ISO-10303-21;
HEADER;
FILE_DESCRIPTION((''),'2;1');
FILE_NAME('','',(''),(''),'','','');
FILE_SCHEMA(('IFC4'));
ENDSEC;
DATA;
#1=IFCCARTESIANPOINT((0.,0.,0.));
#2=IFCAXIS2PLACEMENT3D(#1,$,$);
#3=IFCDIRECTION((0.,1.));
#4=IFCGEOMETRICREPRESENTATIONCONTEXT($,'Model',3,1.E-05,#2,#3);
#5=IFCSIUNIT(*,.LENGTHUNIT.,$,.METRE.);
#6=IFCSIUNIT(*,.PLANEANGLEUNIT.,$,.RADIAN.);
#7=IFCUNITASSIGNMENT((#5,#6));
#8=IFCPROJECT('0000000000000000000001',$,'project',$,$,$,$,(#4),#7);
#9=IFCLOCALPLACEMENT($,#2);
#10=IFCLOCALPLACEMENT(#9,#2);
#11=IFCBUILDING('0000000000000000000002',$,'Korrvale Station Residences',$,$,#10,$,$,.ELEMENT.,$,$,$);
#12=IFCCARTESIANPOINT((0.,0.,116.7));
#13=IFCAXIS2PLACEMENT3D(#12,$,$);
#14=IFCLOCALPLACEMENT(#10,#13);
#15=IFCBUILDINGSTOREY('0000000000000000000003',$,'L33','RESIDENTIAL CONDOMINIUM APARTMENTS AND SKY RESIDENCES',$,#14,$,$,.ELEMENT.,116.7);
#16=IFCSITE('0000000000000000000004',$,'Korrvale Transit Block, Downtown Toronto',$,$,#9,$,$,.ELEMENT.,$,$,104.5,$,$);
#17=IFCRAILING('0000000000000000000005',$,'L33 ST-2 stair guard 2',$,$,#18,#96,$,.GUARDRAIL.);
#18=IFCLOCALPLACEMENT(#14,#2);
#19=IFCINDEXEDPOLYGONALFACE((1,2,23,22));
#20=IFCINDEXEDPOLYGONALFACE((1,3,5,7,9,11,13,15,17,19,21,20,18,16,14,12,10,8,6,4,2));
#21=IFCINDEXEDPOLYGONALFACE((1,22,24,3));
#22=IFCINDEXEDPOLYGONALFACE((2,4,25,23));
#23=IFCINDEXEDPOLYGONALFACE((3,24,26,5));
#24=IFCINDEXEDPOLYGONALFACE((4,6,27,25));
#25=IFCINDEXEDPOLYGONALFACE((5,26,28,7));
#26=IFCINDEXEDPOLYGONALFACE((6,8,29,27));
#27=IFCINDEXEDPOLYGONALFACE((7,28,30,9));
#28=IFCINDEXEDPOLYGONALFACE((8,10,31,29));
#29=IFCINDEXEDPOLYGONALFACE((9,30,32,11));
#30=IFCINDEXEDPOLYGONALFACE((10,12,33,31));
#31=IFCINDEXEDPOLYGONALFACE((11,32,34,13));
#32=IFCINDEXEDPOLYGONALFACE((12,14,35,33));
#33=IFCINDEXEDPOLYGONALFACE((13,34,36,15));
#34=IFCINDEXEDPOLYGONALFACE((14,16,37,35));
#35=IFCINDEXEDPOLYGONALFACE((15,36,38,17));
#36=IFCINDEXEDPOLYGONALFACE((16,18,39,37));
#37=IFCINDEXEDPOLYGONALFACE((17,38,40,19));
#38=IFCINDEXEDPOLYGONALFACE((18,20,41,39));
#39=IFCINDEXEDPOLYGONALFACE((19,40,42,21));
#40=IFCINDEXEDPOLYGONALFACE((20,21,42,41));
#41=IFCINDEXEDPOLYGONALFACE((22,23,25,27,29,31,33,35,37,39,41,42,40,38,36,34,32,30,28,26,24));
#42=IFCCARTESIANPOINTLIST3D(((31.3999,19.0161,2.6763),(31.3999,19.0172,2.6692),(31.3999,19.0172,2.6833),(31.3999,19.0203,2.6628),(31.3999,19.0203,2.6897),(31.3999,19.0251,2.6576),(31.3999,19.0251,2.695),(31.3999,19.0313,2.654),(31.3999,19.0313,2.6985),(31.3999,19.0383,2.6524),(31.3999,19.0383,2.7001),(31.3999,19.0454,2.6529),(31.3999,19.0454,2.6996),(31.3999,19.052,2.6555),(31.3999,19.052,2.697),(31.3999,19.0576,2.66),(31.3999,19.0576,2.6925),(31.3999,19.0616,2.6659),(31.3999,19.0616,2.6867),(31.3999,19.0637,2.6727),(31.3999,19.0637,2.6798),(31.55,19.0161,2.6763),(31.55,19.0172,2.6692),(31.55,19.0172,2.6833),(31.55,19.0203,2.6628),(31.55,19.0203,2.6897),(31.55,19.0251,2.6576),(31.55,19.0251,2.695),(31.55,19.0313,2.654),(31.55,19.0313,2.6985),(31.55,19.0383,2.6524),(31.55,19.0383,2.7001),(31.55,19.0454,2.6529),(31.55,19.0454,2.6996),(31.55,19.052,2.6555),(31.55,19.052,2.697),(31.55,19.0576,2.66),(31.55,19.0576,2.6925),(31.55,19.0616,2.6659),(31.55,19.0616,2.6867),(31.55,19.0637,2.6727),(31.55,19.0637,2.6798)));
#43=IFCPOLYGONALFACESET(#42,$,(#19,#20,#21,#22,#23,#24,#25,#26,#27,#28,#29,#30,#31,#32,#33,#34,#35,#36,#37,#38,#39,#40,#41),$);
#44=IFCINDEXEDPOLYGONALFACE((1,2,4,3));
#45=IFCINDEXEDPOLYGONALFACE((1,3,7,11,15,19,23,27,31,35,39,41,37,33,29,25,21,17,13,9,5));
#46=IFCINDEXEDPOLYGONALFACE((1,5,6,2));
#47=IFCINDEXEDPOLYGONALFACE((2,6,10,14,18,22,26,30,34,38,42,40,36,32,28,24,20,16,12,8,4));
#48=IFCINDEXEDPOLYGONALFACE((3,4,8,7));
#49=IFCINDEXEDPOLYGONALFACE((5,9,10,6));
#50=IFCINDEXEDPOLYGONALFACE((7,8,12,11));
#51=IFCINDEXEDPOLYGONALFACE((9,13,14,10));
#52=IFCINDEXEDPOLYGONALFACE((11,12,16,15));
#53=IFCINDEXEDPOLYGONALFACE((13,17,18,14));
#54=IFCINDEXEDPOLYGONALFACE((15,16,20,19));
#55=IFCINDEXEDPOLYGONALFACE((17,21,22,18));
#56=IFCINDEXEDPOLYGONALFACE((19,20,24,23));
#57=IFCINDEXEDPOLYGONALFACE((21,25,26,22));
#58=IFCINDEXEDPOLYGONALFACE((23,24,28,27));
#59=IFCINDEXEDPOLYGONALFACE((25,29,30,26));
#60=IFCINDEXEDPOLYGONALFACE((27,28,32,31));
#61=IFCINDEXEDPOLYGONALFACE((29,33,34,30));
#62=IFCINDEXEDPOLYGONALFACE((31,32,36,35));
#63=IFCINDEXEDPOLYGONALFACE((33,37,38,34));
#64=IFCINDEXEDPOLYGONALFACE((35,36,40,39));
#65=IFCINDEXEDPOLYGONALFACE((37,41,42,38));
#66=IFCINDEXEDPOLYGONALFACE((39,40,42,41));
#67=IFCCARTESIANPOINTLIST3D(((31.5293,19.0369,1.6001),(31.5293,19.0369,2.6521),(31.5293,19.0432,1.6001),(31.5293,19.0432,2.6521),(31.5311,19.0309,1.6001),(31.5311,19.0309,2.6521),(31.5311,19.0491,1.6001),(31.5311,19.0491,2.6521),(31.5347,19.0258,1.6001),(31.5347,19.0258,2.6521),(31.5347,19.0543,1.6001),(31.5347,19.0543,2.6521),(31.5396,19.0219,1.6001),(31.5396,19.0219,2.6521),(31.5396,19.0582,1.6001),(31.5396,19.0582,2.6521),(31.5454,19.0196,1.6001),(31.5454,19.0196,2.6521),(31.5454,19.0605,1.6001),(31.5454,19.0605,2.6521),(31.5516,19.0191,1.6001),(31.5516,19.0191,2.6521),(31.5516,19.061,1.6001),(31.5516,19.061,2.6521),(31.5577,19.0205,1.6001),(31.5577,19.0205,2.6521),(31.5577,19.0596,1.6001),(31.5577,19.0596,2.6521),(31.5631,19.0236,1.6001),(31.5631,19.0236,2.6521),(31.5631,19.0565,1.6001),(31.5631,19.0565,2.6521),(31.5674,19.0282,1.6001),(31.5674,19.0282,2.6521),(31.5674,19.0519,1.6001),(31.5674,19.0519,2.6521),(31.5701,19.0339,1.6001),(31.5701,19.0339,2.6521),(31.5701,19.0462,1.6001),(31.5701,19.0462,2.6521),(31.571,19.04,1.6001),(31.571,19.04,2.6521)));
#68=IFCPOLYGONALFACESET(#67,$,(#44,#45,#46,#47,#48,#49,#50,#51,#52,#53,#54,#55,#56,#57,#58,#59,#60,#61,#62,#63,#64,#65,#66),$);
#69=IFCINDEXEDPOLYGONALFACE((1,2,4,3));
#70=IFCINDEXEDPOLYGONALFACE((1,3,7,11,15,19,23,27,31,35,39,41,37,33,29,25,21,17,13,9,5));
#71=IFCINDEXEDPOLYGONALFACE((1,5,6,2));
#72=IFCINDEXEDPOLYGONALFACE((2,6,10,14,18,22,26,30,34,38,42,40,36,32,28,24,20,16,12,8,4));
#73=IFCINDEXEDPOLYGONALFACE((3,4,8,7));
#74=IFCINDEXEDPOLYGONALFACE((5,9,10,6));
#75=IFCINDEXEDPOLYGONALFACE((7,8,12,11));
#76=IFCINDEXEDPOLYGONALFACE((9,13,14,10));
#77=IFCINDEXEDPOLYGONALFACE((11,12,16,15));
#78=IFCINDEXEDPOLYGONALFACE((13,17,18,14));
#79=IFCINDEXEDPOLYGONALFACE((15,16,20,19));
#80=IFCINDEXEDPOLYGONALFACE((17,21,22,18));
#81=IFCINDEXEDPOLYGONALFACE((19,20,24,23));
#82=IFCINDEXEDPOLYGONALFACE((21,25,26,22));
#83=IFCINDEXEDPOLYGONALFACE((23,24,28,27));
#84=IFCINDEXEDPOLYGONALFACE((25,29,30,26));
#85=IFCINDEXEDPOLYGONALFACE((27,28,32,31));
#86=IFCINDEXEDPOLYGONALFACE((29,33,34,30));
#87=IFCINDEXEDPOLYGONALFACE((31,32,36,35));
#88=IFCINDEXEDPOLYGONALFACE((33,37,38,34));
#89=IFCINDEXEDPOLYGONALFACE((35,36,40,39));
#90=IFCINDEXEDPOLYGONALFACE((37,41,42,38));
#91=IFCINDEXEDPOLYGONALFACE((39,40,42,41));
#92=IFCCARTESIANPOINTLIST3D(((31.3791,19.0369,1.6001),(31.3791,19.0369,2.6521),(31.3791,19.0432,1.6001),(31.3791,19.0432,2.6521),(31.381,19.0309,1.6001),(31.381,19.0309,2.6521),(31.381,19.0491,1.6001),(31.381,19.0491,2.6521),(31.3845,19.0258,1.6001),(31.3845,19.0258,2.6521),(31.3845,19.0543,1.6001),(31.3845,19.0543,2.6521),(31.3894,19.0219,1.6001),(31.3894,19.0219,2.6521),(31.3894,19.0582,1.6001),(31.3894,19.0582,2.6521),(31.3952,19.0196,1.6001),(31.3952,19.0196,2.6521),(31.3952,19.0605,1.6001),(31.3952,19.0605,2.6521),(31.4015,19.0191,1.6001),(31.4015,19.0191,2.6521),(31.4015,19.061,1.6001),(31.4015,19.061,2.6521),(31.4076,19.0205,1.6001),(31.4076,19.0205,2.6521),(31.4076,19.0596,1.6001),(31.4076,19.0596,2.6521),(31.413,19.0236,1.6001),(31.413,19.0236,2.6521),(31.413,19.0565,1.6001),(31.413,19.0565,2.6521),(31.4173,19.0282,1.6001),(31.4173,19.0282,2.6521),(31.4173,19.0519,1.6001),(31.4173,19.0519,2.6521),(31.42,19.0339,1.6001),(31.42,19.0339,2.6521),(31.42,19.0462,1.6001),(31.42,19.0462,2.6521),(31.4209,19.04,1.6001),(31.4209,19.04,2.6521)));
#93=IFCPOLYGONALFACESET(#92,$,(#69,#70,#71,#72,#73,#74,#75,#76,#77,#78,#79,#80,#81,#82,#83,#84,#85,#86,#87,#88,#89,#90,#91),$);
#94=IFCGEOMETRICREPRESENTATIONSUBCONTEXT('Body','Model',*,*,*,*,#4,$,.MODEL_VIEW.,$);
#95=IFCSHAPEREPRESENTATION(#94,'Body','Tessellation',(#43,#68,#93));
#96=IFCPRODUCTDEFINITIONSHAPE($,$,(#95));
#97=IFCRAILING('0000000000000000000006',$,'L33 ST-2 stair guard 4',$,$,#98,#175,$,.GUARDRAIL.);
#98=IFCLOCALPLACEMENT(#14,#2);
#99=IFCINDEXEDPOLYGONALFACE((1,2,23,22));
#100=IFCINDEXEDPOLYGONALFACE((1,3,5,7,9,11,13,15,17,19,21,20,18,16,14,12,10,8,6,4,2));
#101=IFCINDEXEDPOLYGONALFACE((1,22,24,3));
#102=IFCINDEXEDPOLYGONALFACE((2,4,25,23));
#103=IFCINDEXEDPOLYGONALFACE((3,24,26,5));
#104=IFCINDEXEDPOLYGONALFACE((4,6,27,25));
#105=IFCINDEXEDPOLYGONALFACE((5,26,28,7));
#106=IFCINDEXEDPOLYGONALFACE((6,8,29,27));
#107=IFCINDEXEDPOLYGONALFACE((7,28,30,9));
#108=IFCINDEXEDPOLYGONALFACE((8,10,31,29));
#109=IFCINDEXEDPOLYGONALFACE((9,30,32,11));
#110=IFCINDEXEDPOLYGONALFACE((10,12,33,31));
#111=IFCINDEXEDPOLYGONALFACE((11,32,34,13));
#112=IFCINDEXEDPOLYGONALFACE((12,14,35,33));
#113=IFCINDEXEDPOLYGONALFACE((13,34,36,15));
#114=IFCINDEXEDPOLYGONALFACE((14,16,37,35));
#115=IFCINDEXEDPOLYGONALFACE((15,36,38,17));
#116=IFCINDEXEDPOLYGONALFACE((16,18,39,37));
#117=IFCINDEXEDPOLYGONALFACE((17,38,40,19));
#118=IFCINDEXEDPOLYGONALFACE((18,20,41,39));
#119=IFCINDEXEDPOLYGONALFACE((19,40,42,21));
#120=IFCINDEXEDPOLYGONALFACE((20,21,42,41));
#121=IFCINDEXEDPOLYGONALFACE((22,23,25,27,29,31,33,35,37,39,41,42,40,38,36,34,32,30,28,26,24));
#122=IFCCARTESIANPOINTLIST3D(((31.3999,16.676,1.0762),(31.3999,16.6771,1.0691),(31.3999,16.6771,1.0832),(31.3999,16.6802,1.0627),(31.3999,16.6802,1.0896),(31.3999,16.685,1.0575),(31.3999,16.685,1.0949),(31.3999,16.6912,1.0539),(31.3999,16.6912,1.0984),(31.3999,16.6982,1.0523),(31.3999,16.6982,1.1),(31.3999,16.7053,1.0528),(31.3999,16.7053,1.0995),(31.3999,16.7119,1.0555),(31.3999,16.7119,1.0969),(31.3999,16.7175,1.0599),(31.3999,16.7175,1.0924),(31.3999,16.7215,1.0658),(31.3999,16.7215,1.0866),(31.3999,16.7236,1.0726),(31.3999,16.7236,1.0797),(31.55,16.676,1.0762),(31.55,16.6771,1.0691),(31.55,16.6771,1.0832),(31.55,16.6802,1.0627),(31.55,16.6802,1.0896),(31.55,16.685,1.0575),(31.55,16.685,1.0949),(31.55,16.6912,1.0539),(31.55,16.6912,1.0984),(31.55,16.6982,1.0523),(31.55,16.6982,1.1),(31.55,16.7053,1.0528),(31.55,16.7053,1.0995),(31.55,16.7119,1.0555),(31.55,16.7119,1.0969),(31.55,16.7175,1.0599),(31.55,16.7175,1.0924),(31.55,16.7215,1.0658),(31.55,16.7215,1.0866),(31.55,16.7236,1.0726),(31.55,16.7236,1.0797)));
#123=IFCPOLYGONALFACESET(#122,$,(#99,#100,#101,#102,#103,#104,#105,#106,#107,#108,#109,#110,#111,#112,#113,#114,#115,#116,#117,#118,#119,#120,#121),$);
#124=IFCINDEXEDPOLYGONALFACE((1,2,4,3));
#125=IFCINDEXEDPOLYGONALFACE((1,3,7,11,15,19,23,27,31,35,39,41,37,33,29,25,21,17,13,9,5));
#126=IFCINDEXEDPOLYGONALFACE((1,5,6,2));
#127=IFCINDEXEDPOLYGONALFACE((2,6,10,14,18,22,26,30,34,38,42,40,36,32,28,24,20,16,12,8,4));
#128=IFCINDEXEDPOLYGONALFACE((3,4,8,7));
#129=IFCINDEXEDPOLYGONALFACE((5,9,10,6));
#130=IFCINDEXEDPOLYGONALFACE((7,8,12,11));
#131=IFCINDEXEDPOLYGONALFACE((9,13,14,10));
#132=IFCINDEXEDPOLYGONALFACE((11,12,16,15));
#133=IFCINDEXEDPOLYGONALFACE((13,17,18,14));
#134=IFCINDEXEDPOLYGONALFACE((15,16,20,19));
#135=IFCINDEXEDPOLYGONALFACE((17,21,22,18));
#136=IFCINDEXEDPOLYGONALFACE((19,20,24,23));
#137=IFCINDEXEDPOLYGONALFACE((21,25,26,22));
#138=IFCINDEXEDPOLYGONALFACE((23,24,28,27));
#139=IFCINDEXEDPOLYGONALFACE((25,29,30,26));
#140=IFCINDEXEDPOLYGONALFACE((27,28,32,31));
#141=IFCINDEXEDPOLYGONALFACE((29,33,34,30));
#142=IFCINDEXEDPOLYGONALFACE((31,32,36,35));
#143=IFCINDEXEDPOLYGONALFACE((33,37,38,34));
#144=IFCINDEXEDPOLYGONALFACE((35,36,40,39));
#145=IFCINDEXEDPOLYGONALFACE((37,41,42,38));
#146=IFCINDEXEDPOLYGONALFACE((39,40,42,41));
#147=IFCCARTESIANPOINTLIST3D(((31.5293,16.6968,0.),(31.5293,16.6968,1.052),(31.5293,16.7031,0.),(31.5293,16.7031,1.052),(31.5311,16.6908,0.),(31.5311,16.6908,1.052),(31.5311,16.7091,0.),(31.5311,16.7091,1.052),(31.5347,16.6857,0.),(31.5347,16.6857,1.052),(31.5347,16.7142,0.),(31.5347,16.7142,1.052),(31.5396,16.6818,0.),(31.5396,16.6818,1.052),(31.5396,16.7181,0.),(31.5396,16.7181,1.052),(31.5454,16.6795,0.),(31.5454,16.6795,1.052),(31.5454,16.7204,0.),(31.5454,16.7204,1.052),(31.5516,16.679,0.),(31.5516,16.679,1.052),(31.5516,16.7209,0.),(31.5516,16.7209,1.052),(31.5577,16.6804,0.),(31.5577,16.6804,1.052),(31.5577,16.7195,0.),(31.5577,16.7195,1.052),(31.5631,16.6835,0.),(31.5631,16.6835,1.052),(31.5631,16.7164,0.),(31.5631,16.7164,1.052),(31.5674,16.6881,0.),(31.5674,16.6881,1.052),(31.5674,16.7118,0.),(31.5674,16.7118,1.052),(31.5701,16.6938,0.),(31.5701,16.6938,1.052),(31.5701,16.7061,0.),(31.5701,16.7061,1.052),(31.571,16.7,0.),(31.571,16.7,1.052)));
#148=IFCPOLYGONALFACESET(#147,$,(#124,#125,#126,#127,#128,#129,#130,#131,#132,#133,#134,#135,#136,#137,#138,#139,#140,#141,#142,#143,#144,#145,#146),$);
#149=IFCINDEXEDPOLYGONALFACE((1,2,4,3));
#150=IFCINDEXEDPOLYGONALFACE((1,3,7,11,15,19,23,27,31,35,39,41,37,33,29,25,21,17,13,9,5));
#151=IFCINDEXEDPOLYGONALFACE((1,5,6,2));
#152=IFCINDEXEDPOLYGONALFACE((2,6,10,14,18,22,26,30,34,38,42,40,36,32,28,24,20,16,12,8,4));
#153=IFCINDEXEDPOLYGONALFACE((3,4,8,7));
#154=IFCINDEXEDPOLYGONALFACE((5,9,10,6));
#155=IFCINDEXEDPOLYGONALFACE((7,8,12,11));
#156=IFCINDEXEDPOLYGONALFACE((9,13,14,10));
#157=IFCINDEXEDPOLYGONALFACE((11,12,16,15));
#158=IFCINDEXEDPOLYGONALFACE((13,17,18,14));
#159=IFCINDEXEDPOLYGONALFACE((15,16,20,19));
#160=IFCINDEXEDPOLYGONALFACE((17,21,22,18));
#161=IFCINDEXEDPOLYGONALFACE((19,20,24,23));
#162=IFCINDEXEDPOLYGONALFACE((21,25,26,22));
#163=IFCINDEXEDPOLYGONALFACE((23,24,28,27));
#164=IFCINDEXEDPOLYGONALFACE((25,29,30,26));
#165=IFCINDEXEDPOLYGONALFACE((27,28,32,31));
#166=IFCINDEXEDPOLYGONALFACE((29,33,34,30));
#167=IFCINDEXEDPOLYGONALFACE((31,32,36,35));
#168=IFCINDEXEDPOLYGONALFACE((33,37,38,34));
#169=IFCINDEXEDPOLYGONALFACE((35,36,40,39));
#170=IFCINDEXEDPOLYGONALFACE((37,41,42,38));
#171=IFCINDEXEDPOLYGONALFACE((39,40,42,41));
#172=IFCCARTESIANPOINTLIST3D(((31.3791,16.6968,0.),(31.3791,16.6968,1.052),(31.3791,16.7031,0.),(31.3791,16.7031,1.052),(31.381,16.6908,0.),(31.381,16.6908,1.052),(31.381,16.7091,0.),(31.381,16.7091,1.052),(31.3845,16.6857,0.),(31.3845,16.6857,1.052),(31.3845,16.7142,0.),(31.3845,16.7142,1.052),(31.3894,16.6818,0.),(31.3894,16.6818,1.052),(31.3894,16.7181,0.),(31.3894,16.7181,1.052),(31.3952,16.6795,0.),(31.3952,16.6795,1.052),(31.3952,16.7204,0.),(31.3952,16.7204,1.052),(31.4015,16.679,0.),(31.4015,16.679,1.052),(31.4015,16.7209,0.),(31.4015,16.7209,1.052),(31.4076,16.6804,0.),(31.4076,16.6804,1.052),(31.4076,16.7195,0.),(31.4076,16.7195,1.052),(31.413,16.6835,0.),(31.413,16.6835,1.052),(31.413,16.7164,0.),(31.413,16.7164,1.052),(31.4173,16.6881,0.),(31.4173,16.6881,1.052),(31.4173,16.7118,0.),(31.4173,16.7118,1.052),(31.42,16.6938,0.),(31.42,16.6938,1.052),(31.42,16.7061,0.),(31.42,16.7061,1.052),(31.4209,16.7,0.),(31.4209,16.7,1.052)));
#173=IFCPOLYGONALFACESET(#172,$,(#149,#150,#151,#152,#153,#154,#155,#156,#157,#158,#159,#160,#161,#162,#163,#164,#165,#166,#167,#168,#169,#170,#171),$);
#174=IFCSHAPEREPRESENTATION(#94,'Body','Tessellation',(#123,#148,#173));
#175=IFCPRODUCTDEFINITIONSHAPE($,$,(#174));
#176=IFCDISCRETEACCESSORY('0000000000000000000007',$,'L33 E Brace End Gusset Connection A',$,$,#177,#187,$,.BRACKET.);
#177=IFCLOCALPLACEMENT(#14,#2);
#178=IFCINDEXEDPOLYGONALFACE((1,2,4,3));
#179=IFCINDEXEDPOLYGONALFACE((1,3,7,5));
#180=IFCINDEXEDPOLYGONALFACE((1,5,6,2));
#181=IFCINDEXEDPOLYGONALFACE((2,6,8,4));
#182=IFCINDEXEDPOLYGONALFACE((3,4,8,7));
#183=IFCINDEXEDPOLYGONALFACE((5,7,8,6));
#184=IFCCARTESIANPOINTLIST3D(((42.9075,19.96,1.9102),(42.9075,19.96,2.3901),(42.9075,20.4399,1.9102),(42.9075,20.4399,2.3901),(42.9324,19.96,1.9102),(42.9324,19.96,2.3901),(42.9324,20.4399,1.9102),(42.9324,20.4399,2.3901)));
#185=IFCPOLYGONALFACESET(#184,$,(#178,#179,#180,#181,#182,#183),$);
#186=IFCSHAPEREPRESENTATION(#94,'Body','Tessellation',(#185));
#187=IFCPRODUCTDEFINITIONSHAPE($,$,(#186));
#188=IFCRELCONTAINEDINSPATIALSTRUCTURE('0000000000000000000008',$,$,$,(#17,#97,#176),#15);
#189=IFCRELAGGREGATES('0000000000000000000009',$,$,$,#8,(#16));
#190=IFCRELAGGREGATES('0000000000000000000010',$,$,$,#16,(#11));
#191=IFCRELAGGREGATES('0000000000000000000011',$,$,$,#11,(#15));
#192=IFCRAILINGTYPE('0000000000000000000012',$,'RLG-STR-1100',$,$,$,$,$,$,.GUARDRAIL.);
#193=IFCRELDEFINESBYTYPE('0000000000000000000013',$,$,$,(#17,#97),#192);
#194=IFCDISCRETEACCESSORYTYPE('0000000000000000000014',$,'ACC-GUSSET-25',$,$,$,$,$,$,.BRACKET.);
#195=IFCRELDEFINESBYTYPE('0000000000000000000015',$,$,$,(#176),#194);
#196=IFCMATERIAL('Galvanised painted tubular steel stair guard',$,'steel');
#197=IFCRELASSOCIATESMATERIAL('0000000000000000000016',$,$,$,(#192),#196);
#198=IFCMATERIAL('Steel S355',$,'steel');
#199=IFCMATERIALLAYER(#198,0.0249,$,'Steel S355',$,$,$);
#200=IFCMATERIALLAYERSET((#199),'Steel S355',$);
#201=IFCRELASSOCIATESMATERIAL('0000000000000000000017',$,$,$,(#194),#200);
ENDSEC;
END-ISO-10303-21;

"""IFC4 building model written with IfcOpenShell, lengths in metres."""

from ifc_helpers import new_model, si_unit, direction, frame, origin, origin_2d, place, context, subcontext, project, spatial, rectangle, circle, extrude, material, layer, layer_set, type_object, element, save


model = new_model("IFC4")

# Units and contexts
model_context = context("Model", 3, precision=1e-05, world=origin(), true_north=direction((0.0, 1.0)))
body_context = subcontext(model_context, "Body", "Model", "MODEL_VIEW")
ifc_project = project(units=[si_unit("LENGTHUNIT", "METRE"), si_unit("PLANEANGLEUNIT", "RADIAN")], contexts=[model_context])

# Site, building, storey
site_placement = place(None, origin())
site = spatial("IfcSite", under=ifc_project, at=site_placement, Name="Korrvale Transit Block, Downtown Toronto", CompositionType="ELEMENT", RefElevation=104.5)
building_placement = place(site_placement, origin())
building = spatial("IfcBuilding", under=site, at=building_placement, Name="Korrvale Station Residences", CompositionType="ELEMENT")
storey_placement = place(building_placement, frame((0.0, 0.0, 116.7)))
storey = spatial("IfcBuildingStorey", under=building, at=storey_placement, Name="L33", Description="RESIDENTIAL CONDOMINIUM APARTMENTS AND SKY RESIDENCES", CompositionType="ELEMENT", Elevation=116.7)

# Shared definitions
ifc_material_1 = material(Name="Steel S355", Category="steel")

# Railings
ifc_material_2 = material(Name="Galvanised painted tubular steel stair guard", Category="steel")
railing_type_1 = type_object("IfcRailingType", Name="RLG-STR-1100", PredefinedType="GUARDRAIL", material=ifc_material_2)
for number, where, name in (
    (1, (31.55, 19.04, 1.6001), "L33 ST-2 stair guard 2"),
    (2, (31.55, 16.7, 0.0), "L33 ST-2 stair guard 4"),
):
    element("IfcRailing", number, at=place(storey_placement, frame(where)), inside=storey, type_object=railing_type_1, Name=name, PredefinedType="GUARDRAIL", context=body_context, shape_type="SweptSolid", body=[
        extrude(circle(Radius=0.0239, at=origin_2d()), frame((0.0, 0.0, 1.0762), z_axis=(-1.0, 0.0, 0.0), x_axis=(0.0, -1.0, 0.0)), (0.0, 0.0, 1.0), 0.1501),
        extrude(circle(Radius=0.021, at=origin_2d()), origin(), (0.0, 0.0, 1.0), 1.052),
        extrude(circle(Radius=0.021, at=origin_2d()), frame((-0.1501, 0.0, 0.0)), (0.0, 0.0, 1.0), 1.052),
    ])

# Discrete accessory
ifc_layer_1 = layer(ifc_material_1, 0.0249, Name="Steel S355")
ifc_layer_set_1 = layer_set([ifc_layer_1], Name="Steel S355")
discrete_accessory_type = type_object("IfcDiscreteAccessoryType", Name="ACC-GUSSET-25", PredefinedType="BRACKET", material=ifc_layer_set_1)
discrete_accessory_placement = place(storey_placement, frame((42.9199, 20.2, 1.9102), z_axis=(0.0, 0.0, 1.0), x_axis=(0.0, 1.0, 0.0)))
element("IfcDiscreteAccessory", 3, at=discrete_accessory_placement, inside=storey, type_object=discrete_accessory_type, Name="L33 E Brace End Gusset Connection A", PredefinedType="BRACKET", context=body_context, shape_type="SweptSolid", body=[
    extrude(rectangle(XDim=0.48, YDim=0.0249, at=origin_2d()), origin(), (0.0, 0.0, 1.0), 0.48),
])

save(model, "model.ifc")
